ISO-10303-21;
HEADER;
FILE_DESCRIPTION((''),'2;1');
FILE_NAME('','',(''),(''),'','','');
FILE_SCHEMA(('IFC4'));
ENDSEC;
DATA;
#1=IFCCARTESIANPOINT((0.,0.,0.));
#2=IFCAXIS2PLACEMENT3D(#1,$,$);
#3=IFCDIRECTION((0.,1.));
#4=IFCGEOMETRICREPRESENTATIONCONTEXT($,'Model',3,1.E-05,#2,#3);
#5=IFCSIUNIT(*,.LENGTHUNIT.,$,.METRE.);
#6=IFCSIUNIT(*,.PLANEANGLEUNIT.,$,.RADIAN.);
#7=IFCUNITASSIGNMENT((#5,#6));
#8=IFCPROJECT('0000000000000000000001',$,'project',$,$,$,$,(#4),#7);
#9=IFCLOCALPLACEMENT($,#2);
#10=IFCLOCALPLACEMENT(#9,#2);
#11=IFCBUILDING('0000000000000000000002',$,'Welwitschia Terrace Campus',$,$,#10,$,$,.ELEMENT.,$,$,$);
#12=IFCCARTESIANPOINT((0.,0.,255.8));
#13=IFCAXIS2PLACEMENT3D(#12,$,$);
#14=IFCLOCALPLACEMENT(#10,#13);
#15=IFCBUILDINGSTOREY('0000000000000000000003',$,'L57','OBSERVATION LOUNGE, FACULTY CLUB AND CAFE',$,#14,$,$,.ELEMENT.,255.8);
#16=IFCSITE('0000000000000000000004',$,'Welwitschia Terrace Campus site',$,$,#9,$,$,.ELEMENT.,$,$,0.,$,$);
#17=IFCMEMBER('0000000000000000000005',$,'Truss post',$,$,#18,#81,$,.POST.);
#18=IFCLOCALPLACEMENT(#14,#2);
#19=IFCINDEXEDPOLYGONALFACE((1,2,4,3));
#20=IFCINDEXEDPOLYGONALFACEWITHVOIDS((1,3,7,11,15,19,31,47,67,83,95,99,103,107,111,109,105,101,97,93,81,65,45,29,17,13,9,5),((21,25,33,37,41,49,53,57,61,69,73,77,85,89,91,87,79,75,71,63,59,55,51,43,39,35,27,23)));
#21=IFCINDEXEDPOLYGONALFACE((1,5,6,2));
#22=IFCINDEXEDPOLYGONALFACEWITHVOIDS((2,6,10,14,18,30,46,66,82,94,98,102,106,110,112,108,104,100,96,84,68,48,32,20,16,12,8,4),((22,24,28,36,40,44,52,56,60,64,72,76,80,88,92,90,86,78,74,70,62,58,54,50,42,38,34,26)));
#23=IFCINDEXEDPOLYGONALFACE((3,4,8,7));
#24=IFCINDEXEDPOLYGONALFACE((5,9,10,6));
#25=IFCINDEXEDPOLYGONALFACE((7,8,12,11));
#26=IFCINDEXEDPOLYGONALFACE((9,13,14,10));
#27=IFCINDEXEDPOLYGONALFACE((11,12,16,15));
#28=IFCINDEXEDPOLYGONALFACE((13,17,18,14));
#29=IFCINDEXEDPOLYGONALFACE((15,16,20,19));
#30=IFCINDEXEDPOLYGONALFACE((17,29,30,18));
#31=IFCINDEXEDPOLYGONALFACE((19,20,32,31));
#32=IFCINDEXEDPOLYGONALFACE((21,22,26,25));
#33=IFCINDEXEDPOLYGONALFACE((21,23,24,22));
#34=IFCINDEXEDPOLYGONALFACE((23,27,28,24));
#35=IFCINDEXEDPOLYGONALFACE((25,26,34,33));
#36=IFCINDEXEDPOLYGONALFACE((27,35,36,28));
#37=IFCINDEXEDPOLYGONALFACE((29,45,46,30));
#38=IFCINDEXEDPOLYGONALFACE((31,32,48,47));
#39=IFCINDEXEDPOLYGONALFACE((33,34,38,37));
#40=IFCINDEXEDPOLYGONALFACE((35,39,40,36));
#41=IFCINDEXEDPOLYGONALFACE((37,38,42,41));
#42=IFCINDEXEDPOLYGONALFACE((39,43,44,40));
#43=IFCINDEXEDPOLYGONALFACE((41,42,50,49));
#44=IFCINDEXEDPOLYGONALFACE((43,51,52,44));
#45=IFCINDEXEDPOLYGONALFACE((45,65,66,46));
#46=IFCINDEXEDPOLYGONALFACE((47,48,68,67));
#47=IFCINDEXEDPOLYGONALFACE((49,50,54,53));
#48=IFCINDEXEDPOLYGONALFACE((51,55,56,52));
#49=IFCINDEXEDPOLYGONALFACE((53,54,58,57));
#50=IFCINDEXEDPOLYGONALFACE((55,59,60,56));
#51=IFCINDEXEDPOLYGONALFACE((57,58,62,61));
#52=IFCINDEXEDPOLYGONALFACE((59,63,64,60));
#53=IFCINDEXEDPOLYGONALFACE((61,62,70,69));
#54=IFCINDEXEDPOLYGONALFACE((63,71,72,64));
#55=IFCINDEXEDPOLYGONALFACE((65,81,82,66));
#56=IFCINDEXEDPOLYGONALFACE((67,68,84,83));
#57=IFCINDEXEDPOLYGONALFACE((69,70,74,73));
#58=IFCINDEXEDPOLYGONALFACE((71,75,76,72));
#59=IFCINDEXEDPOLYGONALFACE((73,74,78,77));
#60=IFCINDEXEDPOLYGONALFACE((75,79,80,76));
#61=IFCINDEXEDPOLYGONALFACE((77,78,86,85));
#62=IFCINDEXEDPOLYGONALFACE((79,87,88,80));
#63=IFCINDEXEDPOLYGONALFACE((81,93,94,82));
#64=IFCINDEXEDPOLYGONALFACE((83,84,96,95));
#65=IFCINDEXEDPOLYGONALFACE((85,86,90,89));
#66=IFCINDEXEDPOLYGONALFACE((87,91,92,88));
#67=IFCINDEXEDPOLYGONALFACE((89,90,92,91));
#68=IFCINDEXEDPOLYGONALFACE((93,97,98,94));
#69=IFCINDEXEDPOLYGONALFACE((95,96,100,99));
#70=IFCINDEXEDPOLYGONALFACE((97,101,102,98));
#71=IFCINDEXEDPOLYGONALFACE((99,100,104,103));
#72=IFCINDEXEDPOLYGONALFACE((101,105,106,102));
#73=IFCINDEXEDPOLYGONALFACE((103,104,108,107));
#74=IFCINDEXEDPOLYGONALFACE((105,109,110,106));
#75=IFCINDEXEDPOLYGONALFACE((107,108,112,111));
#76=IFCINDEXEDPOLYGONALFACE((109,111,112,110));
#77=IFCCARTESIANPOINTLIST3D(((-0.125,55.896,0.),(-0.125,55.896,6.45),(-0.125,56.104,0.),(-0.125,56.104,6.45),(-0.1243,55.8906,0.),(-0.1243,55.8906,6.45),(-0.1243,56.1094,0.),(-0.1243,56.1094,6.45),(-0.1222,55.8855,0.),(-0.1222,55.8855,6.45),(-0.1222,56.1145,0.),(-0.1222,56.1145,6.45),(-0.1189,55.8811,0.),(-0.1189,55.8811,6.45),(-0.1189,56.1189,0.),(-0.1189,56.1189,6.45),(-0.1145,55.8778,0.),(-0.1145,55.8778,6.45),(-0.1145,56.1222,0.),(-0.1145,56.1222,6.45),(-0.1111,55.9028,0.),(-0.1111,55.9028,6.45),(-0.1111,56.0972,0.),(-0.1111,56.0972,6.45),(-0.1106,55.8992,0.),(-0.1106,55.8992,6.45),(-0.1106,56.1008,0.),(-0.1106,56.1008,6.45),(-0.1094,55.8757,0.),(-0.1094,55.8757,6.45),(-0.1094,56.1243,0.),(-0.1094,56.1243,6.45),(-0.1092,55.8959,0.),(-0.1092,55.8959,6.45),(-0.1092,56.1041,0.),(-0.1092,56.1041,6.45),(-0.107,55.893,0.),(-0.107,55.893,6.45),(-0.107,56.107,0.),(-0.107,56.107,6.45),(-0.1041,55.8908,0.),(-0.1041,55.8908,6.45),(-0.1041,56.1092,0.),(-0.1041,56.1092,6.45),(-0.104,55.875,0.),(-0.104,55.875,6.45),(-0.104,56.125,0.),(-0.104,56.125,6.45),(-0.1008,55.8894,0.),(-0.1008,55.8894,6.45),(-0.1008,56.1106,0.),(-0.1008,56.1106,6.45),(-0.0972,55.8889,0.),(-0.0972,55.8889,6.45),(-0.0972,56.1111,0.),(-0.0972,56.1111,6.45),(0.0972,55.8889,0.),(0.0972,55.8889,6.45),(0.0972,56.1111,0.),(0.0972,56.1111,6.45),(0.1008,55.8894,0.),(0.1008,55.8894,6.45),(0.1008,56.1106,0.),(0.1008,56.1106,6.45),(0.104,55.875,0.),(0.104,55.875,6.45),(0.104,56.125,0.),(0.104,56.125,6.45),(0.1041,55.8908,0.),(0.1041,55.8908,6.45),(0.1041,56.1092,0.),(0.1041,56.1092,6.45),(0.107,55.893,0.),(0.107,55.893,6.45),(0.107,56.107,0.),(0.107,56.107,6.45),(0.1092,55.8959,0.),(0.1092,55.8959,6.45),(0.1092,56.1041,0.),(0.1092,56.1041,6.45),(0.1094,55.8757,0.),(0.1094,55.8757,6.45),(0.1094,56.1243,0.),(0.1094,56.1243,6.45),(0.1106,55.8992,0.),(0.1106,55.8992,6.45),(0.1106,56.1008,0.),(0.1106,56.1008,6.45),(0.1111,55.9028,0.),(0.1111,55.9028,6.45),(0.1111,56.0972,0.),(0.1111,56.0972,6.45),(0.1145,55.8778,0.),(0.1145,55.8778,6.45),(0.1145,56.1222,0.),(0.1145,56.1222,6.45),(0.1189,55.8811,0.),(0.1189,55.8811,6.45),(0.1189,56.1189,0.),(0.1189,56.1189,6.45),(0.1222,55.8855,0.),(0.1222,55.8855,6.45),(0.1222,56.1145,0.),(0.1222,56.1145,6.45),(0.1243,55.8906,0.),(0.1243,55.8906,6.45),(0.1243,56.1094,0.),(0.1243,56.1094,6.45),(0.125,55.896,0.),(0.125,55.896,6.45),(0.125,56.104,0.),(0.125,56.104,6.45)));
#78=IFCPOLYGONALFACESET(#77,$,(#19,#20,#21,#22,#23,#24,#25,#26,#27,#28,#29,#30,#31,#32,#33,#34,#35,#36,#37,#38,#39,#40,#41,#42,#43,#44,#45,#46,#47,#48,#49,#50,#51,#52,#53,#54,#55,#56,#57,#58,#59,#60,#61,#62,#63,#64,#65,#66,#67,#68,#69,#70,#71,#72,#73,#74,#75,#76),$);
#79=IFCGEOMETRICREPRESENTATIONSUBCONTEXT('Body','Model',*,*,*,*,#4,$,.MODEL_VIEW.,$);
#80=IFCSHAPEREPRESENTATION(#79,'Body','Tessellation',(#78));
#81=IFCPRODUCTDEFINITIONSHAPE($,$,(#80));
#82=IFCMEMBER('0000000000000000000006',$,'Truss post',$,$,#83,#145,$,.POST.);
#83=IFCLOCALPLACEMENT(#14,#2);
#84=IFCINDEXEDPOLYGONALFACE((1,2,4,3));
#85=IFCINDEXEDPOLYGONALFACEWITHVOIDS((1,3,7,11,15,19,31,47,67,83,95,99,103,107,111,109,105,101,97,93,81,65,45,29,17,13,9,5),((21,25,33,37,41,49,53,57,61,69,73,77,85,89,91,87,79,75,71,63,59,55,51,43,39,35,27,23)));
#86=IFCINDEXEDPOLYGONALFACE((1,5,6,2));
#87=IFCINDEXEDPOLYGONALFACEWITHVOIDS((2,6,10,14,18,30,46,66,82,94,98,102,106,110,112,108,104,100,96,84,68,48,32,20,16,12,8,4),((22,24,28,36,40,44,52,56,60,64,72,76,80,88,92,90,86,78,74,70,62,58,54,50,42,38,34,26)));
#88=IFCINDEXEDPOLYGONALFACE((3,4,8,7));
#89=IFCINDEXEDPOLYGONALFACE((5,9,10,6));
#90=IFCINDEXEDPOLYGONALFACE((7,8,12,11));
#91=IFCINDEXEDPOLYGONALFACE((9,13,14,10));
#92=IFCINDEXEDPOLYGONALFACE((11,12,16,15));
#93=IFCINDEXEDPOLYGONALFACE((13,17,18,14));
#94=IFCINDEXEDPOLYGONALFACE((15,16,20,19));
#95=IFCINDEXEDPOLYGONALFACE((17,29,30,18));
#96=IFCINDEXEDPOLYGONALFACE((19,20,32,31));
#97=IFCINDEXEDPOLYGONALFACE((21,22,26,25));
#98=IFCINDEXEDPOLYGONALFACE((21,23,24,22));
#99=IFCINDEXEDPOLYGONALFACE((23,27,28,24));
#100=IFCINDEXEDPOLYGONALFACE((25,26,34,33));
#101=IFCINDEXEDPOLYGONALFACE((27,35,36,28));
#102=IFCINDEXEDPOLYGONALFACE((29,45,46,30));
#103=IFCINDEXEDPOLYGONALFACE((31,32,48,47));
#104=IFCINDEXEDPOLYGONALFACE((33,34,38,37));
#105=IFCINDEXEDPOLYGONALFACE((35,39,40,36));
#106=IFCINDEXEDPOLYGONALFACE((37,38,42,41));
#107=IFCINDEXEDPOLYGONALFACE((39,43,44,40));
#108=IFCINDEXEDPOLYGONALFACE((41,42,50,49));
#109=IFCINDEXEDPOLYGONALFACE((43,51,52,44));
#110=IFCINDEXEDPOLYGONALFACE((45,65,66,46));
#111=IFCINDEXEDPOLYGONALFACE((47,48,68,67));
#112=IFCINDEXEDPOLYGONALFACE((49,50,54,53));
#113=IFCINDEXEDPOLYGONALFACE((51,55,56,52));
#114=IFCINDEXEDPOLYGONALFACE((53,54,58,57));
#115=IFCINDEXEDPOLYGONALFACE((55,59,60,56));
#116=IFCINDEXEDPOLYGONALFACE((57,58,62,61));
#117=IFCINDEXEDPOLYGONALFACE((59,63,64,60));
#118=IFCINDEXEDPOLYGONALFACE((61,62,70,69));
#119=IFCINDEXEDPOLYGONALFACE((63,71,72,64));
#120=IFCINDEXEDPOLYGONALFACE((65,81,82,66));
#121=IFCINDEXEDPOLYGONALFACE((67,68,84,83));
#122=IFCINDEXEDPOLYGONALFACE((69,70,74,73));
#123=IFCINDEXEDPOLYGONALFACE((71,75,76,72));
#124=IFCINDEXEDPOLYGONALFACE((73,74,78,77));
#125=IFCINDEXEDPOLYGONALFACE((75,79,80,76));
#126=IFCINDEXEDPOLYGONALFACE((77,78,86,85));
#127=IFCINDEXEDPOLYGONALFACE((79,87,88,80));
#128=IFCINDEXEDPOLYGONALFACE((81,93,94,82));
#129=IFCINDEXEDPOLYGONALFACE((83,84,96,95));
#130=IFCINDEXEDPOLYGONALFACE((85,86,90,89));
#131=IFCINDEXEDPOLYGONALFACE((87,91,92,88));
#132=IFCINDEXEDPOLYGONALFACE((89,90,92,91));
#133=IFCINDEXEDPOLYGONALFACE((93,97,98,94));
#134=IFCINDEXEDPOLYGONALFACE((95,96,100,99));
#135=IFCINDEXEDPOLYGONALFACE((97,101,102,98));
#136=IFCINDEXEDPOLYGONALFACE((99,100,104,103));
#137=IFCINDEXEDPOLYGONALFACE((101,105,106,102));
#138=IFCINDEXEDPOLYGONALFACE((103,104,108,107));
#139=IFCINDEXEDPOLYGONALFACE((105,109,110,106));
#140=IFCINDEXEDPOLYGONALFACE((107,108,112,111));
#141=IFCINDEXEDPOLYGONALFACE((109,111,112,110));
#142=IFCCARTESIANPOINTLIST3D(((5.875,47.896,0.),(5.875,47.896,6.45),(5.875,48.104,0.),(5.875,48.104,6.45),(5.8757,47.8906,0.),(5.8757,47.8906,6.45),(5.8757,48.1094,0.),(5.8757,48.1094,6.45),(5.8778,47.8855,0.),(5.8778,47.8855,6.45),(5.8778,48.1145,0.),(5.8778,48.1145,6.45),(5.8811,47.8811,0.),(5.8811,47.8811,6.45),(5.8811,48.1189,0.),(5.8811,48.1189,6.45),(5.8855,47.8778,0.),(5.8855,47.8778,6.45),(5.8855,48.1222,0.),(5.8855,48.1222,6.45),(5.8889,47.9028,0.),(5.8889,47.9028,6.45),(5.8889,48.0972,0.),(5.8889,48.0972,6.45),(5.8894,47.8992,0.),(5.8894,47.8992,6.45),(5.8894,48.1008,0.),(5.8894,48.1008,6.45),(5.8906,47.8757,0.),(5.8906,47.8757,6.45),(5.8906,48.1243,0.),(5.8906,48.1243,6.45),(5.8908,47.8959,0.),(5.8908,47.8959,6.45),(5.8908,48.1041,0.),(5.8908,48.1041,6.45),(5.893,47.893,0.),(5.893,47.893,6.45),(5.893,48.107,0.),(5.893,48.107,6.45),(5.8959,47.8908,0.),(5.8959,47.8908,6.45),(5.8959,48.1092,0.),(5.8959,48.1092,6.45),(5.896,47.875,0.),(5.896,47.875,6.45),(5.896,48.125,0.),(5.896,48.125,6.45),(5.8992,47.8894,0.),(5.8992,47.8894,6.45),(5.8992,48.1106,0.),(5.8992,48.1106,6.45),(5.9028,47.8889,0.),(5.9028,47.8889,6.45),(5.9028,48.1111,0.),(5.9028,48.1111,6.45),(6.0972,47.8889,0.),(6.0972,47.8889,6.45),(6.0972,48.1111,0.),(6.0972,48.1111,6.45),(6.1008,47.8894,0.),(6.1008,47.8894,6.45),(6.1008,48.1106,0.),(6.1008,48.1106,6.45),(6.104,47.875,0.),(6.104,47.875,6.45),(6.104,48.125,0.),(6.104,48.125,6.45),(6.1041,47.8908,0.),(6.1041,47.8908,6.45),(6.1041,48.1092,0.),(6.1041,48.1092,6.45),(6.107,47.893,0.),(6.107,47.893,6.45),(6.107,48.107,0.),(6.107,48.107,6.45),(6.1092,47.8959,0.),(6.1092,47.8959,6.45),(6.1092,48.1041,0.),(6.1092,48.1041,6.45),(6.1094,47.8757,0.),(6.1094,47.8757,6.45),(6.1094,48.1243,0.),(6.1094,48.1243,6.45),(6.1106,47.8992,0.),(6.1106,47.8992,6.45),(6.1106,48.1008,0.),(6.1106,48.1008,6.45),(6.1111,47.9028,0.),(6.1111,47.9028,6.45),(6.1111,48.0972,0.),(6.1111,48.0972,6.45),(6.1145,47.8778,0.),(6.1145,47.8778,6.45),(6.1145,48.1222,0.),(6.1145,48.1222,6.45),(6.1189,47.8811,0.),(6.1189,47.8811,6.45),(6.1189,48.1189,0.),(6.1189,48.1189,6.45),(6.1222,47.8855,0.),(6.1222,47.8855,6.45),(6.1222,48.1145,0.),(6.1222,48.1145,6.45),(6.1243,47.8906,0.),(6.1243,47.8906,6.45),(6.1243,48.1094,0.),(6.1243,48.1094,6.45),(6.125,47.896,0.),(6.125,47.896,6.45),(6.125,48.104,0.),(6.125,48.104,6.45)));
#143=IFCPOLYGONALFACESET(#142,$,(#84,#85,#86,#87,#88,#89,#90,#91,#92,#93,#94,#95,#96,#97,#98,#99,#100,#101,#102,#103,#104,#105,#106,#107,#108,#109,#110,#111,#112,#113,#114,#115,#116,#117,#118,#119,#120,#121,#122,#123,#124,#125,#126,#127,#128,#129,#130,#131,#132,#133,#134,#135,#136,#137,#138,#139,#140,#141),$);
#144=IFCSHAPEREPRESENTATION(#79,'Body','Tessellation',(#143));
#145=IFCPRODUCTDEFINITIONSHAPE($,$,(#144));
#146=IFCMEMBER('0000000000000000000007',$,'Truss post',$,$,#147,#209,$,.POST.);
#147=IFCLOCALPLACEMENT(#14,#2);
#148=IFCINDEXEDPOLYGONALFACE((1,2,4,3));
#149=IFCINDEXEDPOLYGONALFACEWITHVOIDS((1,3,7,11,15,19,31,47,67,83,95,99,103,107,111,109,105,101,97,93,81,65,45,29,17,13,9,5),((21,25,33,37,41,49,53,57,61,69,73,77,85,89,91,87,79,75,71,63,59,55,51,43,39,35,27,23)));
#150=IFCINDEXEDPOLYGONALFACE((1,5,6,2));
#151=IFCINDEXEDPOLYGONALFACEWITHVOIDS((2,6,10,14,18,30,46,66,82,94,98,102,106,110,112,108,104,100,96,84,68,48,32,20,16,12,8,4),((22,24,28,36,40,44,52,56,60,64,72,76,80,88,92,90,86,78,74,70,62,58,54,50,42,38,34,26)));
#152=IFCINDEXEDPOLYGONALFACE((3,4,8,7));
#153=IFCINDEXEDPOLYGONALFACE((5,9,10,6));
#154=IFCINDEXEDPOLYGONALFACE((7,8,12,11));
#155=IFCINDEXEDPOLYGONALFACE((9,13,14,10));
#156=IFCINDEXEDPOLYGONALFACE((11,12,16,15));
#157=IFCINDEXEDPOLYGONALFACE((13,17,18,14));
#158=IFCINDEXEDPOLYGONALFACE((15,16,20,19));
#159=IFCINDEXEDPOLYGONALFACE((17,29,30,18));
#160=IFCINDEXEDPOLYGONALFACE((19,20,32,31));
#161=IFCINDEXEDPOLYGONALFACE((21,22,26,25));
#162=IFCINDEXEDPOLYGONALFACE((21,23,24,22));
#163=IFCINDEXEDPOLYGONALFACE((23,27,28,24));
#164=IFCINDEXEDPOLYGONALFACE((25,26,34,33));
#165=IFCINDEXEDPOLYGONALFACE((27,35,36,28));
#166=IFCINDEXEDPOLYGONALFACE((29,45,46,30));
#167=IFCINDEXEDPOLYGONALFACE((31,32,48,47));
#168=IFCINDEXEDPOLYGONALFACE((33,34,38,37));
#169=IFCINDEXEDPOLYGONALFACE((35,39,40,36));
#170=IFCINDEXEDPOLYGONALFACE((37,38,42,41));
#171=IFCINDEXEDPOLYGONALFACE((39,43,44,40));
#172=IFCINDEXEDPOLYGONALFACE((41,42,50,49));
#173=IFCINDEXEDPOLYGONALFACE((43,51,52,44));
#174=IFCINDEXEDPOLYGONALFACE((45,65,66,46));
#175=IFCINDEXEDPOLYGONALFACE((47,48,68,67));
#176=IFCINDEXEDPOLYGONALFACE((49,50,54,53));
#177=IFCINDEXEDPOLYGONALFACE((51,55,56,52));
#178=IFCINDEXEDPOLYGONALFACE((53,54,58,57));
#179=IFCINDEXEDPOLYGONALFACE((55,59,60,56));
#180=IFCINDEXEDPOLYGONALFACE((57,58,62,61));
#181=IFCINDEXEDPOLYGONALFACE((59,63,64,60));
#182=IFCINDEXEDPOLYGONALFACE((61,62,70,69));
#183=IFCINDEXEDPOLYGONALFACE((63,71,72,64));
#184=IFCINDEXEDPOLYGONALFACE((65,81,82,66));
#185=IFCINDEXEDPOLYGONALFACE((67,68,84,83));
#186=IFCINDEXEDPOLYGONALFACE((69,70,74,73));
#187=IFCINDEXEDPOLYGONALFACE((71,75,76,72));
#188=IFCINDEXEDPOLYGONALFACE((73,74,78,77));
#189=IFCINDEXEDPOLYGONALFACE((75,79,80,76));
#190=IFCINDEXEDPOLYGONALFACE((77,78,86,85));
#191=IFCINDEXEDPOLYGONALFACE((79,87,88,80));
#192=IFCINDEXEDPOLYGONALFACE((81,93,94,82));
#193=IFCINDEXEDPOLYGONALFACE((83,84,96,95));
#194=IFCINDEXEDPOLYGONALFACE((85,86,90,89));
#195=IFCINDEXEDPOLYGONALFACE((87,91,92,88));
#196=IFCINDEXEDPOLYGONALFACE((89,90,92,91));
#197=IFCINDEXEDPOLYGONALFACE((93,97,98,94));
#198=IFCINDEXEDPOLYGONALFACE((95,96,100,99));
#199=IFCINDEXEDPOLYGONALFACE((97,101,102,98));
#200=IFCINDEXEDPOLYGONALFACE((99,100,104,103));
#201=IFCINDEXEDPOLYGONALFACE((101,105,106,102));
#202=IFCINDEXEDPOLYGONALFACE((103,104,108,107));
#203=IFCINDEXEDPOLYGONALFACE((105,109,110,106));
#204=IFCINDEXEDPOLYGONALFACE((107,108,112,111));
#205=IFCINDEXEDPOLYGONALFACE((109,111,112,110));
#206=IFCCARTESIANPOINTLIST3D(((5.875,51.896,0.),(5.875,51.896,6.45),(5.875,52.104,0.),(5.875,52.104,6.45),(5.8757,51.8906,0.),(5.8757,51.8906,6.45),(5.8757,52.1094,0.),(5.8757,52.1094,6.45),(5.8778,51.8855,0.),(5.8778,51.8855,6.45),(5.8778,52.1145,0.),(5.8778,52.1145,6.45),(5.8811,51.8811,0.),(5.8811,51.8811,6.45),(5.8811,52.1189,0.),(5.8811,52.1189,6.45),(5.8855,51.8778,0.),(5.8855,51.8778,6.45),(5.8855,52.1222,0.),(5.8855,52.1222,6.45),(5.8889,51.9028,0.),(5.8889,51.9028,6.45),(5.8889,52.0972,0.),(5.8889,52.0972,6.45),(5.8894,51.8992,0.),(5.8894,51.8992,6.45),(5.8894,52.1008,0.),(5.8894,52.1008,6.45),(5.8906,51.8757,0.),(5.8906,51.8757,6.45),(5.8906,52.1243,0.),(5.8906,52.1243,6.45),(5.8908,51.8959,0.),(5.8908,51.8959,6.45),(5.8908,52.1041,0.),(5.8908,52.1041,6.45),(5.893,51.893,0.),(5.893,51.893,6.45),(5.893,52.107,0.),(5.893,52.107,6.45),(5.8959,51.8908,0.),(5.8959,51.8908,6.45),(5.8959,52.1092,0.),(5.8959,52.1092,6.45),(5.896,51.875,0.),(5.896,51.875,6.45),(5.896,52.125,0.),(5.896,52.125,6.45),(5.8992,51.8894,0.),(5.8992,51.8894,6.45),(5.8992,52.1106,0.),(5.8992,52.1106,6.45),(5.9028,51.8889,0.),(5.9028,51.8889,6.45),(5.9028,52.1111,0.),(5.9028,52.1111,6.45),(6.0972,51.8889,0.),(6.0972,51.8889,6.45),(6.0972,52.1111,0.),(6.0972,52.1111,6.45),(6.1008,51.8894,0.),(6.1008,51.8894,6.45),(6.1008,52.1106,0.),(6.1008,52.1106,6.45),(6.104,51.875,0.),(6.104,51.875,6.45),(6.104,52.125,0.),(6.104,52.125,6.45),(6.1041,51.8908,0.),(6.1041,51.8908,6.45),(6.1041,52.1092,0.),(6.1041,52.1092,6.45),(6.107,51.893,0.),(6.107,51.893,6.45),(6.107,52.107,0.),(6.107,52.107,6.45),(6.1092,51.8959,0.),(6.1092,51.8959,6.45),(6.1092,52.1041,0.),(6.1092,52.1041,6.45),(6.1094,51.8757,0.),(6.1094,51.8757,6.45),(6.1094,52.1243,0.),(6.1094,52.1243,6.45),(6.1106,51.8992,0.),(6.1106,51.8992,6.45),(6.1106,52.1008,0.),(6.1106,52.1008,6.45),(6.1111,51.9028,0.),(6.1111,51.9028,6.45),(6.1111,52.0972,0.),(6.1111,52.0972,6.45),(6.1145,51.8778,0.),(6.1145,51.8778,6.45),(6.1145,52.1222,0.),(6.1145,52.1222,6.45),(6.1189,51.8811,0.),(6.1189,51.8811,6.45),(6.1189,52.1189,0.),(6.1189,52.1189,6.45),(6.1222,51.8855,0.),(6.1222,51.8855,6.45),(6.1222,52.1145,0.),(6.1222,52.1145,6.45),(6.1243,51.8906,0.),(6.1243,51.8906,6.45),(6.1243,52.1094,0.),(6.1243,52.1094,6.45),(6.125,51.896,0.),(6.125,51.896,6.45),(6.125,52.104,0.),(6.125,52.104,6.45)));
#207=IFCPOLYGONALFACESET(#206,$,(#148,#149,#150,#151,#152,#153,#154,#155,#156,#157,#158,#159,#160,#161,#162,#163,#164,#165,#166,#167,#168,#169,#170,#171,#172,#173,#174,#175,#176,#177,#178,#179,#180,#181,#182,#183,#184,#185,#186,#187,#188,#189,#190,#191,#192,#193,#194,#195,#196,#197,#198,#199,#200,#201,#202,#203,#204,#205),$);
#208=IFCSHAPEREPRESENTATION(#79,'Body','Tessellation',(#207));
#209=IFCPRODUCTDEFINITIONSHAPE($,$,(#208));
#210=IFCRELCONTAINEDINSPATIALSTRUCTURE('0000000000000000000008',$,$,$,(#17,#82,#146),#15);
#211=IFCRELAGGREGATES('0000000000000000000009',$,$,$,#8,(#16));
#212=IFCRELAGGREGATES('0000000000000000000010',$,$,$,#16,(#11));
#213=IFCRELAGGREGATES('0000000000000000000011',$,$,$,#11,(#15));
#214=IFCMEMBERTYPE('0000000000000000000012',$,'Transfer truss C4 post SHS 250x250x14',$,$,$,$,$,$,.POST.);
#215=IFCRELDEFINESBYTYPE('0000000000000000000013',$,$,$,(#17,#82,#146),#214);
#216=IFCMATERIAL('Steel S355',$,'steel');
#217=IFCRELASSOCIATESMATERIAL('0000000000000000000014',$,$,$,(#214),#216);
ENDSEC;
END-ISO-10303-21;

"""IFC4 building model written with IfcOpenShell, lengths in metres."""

from ifc_helpers import new_model, si_unit, direction, frame, origin, origin_2d, place, context, subcontext, project, spatial, hollow_rectangle, extrude, material, material_profile, profile_set, type_object, element, save


model = new_model("IFC4")

# Units and contexts
model_context = context("Model", 3, precision=1e-05, world=origin(), true_north=direction((0.0, 1.0)))
body_context = subcontext(model_context, "Body", "Model", "MODEL_VIEW")
ifc_project = project(units=[si_unit("LENGTHUNIT", "METRE"), si_unit("PLANEANGLEUNIT", "RADIAN")], contexts=[model_context])

# Site, building, storey
site_placement = place(None, origin())
site = spatial("IfcSite", under=ifc_project, at=site_placement, Name="Welwitschia Terrace Campus site", CompositionType="ELEMENT", RefElevation=0.0)
building_placement = place(site_placement, origin())
building = spatial("IfcBuilding", under=site, at=building_placement, Name="Welwitschia Terrace Campus", CompositionType="ELEMENT")
storey_placement = place(building_placement, frame((0.0, 0.0, 255.8)))
storey = spatial("IfcBuildingStorey", under=building, at=storey_placement, Name="L57", Description="OBSERVATION LOUNGE, FACULTY CLUB AND CAFE", CompositionType="ELEMENT", Elevation=255.8)

# Members
ifc_material_1 = material(Name="Steel S355", Category="steel")
ifc_material_profile_1 = material_profile(ifc_material_1, hollow_rectangle(XDim=0.25, YDim=0.25, WallThickness=0.0139, InnerFilletRadius=0.0139, OuterFilletRadius=0.021, at=origin_2d()))
ifc_profile_set_1 = profile_set([ifc_material_profile_1], Name="Steel S355")
member_type_1 = type_object("IfcMemberType", Name="Transfer truss C4 post SHS 250x250x14", PredefinedType="POST", material=ifc_profile_set_1)
for number, where, z_axis, x_axis, name in (
    (1, (0.0, 56.0, 0.0), (0.0, 0.0, 1.0), (1.0, 0.0, 0.0), "Truss post"),
    (2, (6.0, 48.0, 0.0), (0.0, 0.0, 1.0), (1.0, 0.0, 0.0), "Truss post"),
    (3, (6.0, 52.0, 0.0), (0.0, 0.0, 1.0), (1.0, 0.0, 0.0), "Truss post"),
):
    element("IfcMember", number, at=place(storey_placement, frame(where, z_axis=z_axis, x_axis=x_axis)), inside=storey, type_object=member_type_1, Name=name, PredefinedType="POST", context=body_context, shape_type="SweptSolid", body=[
        extrude(hollow_rectangle(XDim=0.25, YDim=0.25, WallThickness=0.0139, InnerFilletRadius=0.0139, OuterFilletRadius=0.021, at=origin_2d()), origin(), (0.0, 0.0, 1.0), 6.45),
    ])

save(model, "model.ifc")
